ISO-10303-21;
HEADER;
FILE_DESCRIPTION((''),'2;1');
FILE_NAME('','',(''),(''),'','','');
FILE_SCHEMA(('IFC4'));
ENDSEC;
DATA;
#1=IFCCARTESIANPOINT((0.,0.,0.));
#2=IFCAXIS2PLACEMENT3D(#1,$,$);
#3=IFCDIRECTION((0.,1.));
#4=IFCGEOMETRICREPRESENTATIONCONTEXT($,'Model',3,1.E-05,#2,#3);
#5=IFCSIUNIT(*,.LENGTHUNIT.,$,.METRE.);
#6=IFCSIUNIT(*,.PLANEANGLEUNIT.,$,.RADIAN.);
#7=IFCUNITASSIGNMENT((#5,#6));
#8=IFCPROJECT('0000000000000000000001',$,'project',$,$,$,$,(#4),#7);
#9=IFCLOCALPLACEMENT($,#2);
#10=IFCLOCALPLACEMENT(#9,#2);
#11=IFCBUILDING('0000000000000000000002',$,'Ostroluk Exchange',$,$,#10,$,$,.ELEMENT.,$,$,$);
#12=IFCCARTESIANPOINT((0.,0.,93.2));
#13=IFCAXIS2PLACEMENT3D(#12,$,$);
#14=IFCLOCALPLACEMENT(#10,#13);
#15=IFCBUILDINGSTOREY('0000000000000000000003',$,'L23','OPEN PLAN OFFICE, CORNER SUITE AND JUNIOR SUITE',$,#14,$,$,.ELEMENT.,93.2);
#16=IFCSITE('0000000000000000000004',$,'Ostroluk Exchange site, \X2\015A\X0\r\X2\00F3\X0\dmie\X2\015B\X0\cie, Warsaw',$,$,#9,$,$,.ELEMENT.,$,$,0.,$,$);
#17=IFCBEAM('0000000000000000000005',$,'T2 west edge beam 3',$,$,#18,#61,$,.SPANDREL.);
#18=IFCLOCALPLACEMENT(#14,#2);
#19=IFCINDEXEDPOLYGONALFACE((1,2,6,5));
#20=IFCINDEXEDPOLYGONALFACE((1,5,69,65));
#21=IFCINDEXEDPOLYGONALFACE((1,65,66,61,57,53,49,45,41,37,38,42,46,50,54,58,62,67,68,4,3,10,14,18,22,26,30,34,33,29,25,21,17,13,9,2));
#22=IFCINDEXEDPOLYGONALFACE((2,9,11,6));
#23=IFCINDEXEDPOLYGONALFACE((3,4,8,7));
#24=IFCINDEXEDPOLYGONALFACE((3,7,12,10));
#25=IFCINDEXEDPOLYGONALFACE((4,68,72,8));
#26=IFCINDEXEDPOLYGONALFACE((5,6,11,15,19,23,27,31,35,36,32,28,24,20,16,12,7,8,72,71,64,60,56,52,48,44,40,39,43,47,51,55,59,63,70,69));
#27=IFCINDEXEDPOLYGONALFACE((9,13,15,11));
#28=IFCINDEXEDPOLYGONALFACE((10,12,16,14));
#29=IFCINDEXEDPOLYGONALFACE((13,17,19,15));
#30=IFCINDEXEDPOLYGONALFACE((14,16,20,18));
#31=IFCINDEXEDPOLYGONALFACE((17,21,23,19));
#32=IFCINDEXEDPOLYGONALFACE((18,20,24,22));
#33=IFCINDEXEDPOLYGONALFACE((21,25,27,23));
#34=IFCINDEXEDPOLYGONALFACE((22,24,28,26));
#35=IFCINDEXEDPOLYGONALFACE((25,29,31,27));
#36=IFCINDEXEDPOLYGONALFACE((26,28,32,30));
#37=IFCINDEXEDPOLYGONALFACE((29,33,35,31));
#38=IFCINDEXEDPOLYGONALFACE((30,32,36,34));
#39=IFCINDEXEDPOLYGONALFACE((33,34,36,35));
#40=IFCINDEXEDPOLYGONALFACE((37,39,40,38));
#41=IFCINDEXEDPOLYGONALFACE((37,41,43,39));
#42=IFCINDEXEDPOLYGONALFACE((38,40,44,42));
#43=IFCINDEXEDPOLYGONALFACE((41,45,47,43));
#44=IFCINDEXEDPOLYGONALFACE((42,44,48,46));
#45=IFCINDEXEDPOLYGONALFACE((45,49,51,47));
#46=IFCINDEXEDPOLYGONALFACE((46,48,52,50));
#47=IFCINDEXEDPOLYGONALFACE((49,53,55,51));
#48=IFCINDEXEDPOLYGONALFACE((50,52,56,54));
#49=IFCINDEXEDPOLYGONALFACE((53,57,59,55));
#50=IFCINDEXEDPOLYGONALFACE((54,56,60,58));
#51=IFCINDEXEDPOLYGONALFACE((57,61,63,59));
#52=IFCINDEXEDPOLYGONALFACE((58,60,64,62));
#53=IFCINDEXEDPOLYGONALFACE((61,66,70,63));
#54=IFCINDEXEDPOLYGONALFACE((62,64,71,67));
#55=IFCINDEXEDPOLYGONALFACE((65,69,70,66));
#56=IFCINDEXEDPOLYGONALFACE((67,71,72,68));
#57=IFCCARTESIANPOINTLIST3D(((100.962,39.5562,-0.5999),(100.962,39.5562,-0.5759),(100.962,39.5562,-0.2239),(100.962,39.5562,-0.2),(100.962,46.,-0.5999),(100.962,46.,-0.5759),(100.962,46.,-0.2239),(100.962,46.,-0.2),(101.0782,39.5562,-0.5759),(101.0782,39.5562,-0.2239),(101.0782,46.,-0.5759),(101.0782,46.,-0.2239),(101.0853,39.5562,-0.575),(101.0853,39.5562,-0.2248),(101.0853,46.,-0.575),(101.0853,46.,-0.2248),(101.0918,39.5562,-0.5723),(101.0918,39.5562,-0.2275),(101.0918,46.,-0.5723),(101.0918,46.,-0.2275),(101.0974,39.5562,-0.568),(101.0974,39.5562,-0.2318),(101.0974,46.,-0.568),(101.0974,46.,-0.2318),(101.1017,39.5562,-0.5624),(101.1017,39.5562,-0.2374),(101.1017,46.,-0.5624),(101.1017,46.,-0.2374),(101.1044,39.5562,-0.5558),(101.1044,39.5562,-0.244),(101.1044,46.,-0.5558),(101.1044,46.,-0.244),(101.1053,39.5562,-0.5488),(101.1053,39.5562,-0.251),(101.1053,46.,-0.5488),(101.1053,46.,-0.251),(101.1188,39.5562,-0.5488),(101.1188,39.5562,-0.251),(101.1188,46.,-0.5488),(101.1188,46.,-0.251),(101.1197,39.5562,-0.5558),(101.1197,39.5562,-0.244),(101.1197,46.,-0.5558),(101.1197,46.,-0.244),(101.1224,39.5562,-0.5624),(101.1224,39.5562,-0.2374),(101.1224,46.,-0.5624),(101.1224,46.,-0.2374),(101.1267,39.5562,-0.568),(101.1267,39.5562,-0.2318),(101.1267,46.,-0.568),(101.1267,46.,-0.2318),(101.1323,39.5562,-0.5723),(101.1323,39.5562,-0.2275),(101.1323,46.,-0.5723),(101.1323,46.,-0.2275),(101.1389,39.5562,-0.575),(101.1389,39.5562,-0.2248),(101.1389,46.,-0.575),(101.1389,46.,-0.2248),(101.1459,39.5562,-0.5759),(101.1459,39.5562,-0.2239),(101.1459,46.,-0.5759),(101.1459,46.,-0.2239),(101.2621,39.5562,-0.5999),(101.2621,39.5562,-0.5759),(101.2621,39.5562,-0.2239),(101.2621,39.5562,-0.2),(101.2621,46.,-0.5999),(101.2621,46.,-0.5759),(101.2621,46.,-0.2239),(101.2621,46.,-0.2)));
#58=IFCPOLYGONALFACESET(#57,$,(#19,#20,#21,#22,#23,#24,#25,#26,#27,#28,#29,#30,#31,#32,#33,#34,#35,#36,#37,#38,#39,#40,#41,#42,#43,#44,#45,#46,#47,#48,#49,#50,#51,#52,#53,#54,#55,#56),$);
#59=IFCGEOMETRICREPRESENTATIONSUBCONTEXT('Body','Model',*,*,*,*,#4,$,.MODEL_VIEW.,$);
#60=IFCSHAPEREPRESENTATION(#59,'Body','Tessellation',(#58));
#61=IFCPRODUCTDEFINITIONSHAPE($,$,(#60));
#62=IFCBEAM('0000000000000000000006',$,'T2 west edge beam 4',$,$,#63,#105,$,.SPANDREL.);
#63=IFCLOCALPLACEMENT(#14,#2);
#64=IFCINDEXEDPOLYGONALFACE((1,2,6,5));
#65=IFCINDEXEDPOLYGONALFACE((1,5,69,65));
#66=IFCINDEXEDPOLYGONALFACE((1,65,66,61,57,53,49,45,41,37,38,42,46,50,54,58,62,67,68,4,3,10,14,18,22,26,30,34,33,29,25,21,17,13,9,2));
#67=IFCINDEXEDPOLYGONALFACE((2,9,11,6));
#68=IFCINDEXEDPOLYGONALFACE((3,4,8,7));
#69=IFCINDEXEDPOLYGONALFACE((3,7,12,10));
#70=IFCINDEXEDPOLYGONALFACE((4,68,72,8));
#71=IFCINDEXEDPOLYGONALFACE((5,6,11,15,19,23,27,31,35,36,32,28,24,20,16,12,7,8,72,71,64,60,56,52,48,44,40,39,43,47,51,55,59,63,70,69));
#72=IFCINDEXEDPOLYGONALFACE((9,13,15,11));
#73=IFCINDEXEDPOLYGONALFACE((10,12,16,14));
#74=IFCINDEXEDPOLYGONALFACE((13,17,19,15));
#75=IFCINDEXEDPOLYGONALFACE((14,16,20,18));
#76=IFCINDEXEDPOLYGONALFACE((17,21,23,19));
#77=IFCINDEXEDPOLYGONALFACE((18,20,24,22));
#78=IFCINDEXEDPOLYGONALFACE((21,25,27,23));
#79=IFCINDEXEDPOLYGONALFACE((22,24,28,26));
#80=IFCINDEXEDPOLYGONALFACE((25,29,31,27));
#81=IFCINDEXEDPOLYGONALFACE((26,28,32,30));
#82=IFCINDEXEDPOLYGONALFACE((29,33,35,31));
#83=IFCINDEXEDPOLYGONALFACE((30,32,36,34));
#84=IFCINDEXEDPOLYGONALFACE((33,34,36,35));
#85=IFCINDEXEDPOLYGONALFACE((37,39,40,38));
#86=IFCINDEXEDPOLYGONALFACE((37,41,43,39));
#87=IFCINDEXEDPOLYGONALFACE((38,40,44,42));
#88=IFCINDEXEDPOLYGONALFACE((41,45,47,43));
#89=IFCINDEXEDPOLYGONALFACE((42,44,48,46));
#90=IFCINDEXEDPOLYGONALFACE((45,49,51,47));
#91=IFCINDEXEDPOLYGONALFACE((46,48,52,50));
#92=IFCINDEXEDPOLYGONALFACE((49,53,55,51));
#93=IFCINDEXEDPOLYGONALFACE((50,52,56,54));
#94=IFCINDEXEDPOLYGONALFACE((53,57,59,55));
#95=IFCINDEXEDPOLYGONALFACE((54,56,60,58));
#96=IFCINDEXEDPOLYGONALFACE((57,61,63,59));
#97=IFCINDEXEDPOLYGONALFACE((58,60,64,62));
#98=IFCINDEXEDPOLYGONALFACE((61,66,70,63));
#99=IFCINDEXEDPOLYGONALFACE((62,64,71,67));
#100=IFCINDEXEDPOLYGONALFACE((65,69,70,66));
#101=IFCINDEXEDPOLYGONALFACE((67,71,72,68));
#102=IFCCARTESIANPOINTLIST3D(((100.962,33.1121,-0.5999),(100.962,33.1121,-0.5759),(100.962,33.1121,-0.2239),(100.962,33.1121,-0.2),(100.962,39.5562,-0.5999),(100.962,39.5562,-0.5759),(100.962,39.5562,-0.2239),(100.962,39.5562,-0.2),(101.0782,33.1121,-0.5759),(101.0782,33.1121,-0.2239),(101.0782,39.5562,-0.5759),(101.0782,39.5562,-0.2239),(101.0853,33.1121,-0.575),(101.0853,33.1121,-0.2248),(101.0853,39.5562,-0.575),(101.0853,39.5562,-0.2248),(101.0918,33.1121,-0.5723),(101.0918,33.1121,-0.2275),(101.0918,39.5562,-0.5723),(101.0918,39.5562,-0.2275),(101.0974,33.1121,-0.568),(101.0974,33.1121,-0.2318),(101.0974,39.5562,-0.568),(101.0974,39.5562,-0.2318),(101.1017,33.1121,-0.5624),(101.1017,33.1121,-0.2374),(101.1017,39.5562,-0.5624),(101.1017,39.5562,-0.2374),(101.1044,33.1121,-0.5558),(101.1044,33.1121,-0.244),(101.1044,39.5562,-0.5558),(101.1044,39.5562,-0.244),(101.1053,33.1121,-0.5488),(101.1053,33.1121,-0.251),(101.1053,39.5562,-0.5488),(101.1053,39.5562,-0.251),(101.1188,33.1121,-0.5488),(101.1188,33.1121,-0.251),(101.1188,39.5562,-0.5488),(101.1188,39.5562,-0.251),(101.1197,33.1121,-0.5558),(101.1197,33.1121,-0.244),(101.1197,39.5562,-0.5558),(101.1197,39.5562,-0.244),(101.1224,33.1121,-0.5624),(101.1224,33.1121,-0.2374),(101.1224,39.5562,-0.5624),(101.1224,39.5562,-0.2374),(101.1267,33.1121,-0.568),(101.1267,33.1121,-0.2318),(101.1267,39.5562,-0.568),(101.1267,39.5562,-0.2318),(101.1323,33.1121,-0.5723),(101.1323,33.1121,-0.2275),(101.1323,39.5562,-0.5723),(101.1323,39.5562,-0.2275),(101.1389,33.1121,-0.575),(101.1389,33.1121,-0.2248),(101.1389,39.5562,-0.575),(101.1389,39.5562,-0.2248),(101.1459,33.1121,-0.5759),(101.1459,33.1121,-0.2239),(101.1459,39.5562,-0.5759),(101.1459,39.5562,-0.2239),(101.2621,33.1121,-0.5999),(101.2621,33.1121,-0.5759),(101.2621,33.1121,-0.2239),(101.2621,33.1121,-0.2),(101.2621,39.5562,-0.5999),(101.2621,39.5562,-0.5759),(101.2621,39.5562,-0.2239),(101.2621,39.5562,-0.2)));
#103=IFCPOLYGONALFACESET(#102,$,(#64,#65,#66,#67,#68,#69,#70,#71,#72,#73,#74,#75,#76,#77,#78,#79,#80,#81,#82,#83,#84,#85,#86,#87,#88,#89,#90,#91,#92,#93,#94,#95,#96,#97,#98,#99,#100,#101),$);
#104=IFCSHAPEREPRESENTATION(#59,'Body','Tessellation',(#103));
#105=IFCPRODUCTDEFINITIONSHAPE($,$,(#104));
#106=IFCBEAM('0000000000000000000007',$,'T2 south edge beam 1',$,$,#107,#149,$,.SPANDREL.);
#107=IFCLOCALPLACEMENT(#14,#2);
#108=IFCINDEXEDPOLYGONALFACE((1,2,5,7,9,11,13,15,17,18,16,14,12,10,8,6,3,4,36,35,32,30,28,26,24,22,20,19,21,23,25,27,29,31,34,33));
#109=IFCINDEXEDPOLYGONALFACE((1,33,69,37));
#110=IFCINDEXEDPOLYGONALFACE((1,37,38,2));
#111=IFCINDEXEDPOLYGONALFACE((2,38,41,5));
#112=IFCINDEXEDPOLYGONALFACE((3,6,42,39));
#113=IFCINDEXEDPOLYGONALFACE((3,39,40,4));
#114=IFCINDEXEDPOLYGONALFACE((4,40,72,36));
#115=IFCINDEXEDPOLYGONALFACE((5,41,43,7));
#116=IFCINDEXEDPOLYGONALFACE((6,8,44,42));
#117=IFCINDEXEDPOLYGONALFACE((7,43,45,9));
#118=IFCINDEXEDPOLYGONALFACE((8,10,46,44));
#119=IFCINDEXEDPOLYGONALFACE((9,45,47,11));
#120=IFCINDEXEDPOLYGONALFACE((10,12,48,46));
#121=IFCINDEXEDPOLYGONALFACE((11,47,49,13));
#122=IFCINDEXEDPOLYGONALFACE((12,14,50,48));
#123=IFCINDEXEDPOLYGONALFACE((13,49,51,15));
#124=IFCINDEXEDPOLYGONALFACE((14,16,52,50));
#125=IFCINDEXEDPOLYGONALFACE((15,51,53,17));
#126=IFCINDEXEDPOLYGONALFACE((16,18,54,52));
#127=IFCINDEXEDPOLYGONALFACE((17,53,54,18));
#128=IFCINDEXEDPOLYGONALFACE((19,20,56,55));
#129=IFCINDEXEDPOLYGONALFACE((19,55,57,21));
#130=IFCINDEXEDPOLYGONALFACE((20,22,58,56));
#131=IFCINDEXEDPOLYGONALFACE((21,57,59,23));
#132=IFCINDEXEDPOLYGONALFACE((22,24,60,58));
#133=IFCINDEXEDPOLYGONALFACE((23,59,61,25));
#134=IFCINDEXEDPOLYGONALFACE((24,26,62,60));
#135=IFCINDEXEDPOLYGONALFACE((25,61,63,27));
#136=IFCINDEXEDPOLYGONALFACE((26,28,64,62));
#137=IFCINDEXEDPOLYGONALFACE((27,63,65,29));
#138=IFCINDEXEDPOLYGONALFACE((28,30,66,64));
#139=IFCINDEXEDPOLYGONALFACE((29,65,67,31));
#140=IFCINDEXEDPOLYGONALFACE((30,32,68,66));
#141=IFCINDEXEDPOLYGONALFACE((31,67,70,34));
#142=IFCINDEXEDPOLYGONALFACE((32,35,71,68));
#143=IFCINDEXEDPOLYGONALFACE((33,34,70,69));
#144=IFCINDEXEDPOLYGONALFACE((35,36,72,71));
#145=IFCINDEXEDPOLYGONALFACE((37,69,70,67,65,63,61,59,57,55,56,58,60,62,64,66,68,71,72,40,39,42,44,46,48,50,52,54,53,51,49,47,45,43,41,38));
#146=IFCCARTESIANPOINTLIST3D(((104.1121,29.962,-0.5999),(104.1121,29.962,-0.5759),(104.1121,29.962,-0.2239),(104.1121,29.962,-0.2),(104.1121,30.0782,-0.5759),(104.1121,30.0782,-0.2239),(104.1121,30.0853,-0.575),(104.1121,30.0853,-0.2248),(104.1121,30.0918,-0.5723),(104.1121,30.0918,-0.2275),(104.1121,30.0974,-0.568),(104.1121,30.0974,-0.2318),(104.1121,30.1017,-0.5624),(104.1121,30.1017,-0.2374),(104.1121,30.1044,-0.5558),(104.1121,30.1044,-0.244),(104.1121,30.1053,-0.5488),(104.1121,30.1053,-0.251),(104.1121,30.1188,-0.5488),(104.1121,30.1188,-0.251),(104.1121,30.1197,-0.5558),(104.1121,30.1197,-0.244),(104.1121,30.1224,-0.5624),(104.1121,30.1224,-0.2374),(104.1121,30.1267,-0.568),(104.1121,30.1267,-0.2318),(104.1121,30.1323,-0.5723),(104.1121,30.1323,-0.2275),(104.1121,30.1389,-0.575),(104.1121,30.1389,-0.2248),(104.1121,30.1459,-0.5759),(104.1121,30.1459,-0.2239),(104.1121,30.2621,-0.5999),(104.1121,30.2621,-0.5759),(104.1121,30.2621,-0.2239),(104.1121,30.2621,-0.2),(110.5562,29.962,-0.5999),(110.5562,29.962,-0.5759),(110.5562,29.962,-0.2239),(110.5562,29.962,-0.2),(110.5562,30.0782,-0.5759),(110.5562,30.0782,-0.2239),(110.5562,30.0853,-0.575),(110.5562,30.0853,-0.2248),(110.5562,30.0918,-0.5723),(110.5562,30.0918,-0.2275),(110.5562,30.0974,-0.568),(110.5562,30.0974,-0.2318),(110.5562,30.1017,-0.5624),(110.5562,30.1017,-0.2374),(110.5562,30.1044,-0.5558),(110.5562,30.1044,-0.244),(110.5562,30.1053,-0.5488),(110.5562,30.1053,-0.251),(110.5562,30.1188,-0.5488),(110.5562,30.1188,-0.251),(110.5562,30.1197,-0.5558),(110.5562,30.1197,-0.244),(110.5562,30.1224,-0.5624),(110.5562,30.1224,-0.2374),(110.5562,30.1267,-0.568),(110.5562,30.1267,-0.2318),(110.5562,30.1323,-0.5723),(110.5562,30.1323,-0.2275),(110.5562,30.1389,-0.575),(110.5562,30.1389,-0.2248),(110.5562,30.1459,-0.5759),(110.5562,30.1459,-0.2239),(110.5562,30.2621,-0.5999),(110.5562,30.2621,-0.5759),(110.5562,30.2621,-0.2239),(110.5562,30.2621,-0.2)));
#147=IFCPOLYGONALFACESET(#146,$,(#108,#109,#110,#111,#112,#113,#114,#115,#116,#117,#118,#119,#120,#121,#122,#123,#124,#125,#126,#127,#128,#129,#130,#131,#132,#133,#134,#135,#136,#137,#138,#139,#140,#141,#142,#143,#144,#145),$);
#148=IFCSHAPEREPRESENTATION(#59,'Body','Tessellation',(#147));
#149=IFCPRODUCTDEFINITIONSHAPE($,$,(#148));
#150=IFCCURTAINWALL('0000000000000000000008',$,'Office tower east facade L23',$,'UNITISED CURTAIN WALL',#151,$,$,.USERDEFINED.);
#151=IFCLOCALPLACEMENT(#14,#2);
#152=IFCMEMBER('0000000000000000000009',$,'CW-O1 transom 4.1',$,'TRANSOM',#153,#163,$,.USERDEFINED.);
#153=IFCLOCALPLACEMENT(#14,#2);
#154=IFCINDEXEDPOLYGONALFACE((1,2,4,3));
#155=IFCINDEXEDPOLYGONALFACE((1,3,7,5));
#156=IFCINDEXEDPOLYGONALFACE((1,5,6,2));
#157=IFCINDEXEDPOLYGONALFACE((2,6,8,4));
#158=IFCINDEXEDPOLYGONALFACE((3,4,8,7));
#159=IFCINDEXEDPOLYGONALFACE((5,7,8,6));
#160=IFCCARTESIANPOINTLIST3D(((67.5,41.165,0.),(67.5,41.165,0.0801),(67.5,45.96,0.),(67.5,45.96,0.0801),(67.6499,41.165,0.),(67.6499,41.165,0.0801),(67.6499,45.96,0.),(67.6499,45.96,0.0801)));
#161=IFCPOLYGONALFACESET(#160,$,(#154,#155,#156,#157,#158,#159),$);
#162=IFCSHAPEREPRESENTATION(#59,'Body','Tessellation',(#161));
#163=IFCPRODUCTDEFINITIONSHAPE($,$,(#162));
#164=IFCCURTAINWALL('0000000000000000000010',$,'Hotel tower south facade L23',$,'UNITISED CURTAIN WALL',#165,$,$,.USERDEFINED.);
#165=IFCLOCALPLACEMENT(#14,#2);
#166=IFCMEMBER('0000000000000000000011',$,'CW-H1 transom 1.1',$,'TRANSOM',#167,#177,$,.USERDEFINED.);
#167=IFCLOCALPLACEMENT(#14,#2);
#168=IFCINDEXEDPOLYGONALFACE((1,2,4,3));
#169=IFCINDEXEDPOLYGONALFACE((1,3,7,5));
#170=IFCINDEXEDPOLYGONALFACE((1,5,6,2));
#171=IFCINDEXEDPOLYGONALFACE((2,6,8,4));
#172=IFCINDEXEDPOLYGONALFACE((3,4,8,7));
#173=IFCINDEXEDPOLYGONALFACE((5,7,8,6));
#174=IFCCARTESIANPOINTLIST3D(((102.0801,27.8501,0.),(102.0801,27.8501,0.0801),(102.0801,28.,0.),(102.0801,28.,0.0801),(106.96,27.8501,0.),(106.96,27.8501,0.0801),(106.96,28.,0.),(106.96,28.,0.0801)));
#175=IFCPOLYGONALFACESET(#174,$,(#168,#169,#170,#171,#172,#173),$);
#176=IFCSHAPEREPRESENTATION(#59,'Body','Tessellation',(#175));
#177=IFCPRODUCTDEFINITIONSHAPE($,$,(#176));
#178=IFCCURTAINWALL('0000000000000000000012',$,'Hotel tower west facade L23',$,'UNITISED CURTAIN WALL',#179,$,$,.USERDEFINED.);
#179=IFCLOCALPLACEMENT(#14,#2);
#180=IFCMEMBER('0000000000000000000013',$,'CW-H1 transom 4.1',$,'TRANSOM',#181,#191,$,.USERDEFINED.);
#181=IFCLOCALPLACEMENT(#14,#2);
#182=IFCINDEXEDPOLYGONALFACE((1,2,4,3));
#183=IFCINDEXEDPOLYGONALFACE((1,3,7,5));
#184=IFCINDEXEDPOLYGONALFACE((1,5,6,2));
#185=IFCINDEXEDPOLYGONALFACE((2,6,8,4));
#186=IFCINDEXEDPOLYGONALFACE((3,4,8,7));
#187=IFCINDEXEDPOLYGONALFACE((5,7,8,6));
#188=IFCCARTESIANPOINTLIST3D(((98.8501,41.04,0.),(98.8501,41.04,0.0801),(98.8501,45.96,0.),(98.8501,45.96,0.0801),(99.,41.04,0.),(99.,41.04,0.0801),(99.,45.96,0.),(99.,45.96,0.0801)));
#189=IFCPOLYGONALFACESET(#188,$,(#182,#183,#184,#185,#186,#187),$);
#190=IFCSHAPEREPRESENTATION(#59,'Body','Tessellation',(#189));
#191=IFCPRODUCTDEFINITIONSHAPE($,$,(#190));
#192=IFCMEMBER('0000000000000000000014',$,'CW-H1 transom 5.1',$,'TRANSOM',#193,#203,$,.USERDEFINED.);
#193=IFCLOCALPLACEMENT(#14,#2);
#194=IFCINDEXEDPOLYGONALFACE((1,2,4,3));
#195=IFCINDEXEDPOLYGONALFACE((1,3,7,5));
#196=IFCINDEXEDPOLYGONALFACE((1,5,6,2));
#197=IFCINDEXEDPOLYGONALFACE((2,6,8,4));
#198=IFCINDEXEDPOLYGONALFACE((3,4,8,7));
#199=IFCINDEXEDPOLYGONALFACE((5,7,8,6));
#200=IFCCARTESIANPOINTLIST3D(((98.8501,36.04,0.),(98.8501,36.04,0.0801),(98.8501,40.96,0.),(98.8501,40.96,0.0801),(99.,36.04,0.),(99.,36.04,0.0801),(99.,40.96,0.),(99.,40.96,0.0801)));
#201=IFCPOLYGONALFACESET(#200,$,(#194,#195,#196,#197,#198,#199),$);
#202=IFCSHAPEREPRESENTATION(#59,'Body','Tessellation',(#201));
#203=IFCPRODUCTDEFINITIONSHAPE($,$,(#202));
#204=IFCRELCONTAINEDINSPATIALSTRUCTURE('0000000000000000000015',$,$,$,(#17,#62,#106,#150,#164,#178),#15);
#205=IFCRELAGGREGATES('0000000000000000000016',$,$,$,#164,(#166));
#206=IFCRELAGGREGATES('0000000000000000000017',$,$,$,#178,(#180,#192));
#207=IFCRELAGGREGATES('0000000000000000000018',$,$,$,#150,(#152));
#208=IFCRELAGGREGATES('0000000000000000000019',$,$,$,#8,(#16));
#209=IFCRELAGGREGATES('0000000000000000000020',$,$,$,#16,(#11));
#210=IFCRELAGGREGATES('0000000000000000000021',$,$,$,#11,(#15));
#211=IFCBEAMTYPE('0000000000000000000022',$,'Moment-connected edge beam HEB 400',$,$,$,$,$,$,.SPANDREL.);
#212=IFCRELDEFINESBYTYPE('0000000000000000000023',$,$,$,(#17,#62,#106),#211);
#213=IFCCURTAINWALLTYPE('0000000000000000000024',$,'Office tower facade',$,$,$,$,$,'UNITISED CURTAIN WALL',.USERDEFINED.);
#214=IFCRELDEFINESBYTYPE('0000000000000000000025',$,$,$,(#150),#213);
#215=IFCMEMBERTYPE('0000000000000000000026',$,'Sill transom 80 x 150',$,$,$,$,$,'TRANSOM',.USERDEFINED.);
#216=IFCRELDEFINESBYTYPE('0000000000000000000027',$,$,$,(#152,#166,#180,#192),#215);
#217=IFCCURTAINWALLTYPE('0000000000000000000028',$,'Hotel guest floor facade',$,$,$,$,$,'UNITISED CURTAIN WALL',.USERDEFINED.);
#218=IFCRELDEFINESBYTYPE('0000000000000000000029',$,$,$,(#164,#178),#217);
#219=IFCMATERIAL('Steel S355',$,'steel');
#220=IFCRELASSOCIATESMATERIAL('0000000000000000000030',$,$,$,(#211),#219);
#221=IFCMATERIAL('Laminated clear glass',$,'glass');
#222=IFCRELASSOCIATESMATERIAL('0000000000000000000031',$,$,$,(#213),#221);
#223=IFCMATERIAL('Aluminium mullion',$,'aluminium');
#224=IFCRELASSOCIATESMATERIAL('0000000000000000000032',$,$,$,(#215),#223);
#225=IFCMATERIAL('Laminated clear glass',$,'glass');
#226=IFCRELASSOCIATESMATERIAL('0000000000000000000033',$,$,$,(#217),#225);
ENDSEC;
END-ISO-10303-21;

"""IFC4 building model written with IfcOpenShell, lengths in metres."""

from ifc_helpers import new_model, si_unit, direction, frame, origin, origin_2d, place, context, subcontext, project, spatial, rectangle, i_section, extrude, material, material_profile, profile_set, type_object, element, aggregate, save


model = new_model("IFC4")

# Units and contexts
model_context = context("Model", 3, precision=1e-05, world=origin(), true_north=direction((0.0, 1.0)))
body_context = subcontext(model_context, "Body", "Model", "MODEL_VIEW")
ifc_project = project(units=[si_unit("LENGTHUNIT", "METRE"), si_unit("PLANEANGLEUNIT", "RADIAN")], contexts=[model_context])

# Site, building, storey
site_placement = place(None, origin())
site = spatial("IfcSite", under=ifc_project, at=site_placement, Name="Ostroluk Exchange site, Śródmieście, Warsaw", CompositionType="ELEMENT", RefElevation=0.0)
building_placement = place(site_placement, origin())
building = spatial("IfcBuilding", under=site, at=building_placement, Name="Ostroluk Exchange", CompositionType="ELEMENT")
storey_placement = place(building_placement, frame((0.0, 0.0, 93.2)))
storey = spatial("IfcBuildingStorey", under=building, at=storey_placement, Name="L23", Description="OPEN PLAN OFFICE, CORNER SUITE AND JUNIOR SUITE", CompositionType="ELEMENT", Elevation=93.2)

# Beams
ifc_material_1 = material(Name="Steel S355", Category="steel")
ifc_material_profile_1 = material_profile(ifc_material_1, i_section(OverallWidth=0.3, OverallDepth=0.3999, WebThickness=0.0134, FlangeThickness=0.0239, FilletRadius=0.0271, at=origin_2d()), Name="HEB 400")
ifc_profile_set_1 = profile_set([ifc_material_profile_1], Name="Steel S355")
beam_type_1 = type_object("IfcBeamType", Name="Moment-connected edge beam HEB 400", PredefinedType="SPANDREL", material=ifc_profile_set_1)
beam_placement = place(storey_placement, frame((101.1121, 46.0, -0.3999), z_axis=(0.0, -1.0, 0.0), x_axis=(1.0, 0.0, 0.0)))
element("IfcBeam", 1, at=beam_placement, inside=storey, type_object=beam_type_1, Name="T2 west edge beam 3", PredefinedType="SPANDREL", context=body_context, shape_type="SweptSolid", body=[
    extrude(i_section(OverallWidth=0.3, OverallDepth=0.3999, WebThickness=0.0134, FlangeThickness=0.0239, FilletRadius=0.0271, at=origin_2d()), origin(), (0.0, 0.0, 1.0), 6.4438),
])
for number, where, z_axis, x_axis, name in (
    (2, (101.1121, 39.5562, -0.3999), (0.0, -1.0, 0.0), (1.0, 0.0, 0.0), "T2 west edge beam 4"),
    (3, (104.1121, 30.1121, -0.3999), (1.0, 0.0, 0.0), (0.0, 1.0, 0.0), "T2 south edge beam 1"),
):
    element("IfcBeam", number, at=place(storey_placement, frame(where, z_axis=z_axis, x_axis=x_axis)), inside=storey, type_object=beam_type_1, Name=name, PredefinedType="SPANDREL", context=body_context, shape_type="SweptSolid", body=[
        extrude(i_section(OverallWidth=0.3, OverallDepth=0.3999, WebThickness=0.0134, FlangeThickness=0.0239, FilletRadius=0.0271, at=origin_2d()), origin(), (0.0, 0.0, 1.0), 6.4441),
    ])

# Curtain walls, members
ifc_material_2 = material(Name="Laminated clear glass", Category="glass")
curtain_wall_type_1 = type_object("IfcCurtainWallType", Name="Office tower facade", ElementType="UNITISED CURTAIN WALL", PredefinedType="USERDEFINED", material=ifc_material_2)
curtain_wall_1_placement = place(storey_placement, origin())
curtain_wall_1 = element("IfcCurtainWall", 4, at=curtain_wall_1_placement, inside=storey, type_object=curtain_wall_type_1, Name="Office tower east facade L23", ObjectType="UNITISED CURTAIN WALL", PredefinedType="USERDEFINED")
ifc_material_3 = material(Name="Aluminium mullion", Category="aluminium")
ifc_material_profile_2 = material_profile(ifc_material_3, rectangle(XDim=0.1499, YDim=0.0801, at=origin_2d()), Name="Sill transom 80 x 150")
ifc_profile_set_2 = profile_set([ifc_material_profile_2], Name="Aluminium mullion")
member_type_1 = type_object("IfcMemberType", Name="Sill transom 80 x 150", ElementType="TRANSOM", PredefinedType="USERDEFINED", material=ifc_profile_set_2)
member_1_placement = place(storey_placement, frame((67.575, 41.165, 0.04), z_axis=(0.0, 1.0, 0.0), x_axis=(-1.0, 0.0, 0.0)))
member_1 = element("IfcMember", 5, at=member_1_placement, type_object=member_type_1, Name="CW-O1 transom 4.1", ObjectType="TRANSOM", PredefinedType="USERDEFINED", context=body_context, shape_type="SweptSolid", body=[
    extrude(rectangle(XDim=0.1499, YDim=0.0801, at=origin_2d()), origin(), (0.0, 0.0, 1.0), 4.7949),
])
ifc_material_4 = material(Name="Laminated clear glass", Category="glass")
curtain_wall_type_2 = type_object("IfcCurtainWallType", Name="Hotel guest floor facade", ElementType="UNITISED CURTAIN WALL", PredefinedType="USERDEFINED", material=ifc_material_4)
curtain_wall_2_placement = place(storey_placement, origin())
curtain_wall_2 = element("IfcCurtainWall", 6, at=curtain_wall_2_placement, inside=storey, type_object=curtain_wall_type_2, Name="Hotel tower south facade L23", ObjectType="UNITISED CURTAIN WALL", PredefinedType="USERDEFINED")
member_2_placement = place(storey_placement, frame((102.0801, 27.925, 0.04), z_axis=(1.0, 0.0, 0.0), x_axis=(0.0, 1.0, 0.0)))
member_2 = element("IfcMember", 7, at=member_2_placement, type_object=member_type_1, Name="CW-H1 transom 1.1", ObjectType="TRANSOM", PredefinedType="USERDEFINED", context=body_context, shape_type="SweptSolid", body=[
    extrude(rectangle(XDim=0.1499, YDim=0.0801, at=origin_2d()), origin(), (0.0, 0.0, 1.0), 4.8799),
])

# Curtain wall, members
curtain_wall_3_placement = place(storey_placement, origin())
curtain_wall_3 = element("IfcCurtainWall", 8, at=curtain_wall_3_placement, inside=storey, type_object=curtain_wall_type_2, Name="Hotel tower west facade L23", ObjectType="UNITISED CURTAIN WALL", PredefinedType="USERDEFINED")
member_3_placement = place(storey_placement, frame((98.925, 45.96, 0.04), z_axis=(0.0, -1.0, 0.0), x_axis=(1.0, 0.0, 0.0)))
member_3 = element("IfcMember", 9, at=member_3_placement, type_object=member_type_1, Name="CW-H1 transom 4.1", ObjectType="TRANSOM", PredefinedType="USERDEFINED", context=body_context, shape_type="SweptSolid", body=[
    extrude(rectangle(XDim=0.1499, YDim=0.0801, at=origin_2d()), origin(), (0.0, 0.0, 1.0), 4.9199),
])
member_4_placement = place(storey_placement, frame((98.925, 40.96, 0.04), z_axis=(0.0, -1.0, 0.0), x_axis=(1.0, 0.0, 0.0)))
member_4 = element("IfcMember", 10, at=member_4_placement, type_object=member_type_1, Name="CW-H1 transom 5.1", ObjectType="TRANSOM", PredefinedType="USERDEFINED", context=body_context, shape_type="SweptSolid", body=[
    extrude(rectangle(XDim=0.1499, YDim=0.0801, at=origin_2d()), origin(), (0.0, 0.0, 1.0), 4.9199),
])

aggregate(curtain_wall_2, [member_2])

aggregate(curtain_wall_3, [member_3, member_4])
aggregate(curtain_wall_1, [member_1])

save(model, "model.ifc")
